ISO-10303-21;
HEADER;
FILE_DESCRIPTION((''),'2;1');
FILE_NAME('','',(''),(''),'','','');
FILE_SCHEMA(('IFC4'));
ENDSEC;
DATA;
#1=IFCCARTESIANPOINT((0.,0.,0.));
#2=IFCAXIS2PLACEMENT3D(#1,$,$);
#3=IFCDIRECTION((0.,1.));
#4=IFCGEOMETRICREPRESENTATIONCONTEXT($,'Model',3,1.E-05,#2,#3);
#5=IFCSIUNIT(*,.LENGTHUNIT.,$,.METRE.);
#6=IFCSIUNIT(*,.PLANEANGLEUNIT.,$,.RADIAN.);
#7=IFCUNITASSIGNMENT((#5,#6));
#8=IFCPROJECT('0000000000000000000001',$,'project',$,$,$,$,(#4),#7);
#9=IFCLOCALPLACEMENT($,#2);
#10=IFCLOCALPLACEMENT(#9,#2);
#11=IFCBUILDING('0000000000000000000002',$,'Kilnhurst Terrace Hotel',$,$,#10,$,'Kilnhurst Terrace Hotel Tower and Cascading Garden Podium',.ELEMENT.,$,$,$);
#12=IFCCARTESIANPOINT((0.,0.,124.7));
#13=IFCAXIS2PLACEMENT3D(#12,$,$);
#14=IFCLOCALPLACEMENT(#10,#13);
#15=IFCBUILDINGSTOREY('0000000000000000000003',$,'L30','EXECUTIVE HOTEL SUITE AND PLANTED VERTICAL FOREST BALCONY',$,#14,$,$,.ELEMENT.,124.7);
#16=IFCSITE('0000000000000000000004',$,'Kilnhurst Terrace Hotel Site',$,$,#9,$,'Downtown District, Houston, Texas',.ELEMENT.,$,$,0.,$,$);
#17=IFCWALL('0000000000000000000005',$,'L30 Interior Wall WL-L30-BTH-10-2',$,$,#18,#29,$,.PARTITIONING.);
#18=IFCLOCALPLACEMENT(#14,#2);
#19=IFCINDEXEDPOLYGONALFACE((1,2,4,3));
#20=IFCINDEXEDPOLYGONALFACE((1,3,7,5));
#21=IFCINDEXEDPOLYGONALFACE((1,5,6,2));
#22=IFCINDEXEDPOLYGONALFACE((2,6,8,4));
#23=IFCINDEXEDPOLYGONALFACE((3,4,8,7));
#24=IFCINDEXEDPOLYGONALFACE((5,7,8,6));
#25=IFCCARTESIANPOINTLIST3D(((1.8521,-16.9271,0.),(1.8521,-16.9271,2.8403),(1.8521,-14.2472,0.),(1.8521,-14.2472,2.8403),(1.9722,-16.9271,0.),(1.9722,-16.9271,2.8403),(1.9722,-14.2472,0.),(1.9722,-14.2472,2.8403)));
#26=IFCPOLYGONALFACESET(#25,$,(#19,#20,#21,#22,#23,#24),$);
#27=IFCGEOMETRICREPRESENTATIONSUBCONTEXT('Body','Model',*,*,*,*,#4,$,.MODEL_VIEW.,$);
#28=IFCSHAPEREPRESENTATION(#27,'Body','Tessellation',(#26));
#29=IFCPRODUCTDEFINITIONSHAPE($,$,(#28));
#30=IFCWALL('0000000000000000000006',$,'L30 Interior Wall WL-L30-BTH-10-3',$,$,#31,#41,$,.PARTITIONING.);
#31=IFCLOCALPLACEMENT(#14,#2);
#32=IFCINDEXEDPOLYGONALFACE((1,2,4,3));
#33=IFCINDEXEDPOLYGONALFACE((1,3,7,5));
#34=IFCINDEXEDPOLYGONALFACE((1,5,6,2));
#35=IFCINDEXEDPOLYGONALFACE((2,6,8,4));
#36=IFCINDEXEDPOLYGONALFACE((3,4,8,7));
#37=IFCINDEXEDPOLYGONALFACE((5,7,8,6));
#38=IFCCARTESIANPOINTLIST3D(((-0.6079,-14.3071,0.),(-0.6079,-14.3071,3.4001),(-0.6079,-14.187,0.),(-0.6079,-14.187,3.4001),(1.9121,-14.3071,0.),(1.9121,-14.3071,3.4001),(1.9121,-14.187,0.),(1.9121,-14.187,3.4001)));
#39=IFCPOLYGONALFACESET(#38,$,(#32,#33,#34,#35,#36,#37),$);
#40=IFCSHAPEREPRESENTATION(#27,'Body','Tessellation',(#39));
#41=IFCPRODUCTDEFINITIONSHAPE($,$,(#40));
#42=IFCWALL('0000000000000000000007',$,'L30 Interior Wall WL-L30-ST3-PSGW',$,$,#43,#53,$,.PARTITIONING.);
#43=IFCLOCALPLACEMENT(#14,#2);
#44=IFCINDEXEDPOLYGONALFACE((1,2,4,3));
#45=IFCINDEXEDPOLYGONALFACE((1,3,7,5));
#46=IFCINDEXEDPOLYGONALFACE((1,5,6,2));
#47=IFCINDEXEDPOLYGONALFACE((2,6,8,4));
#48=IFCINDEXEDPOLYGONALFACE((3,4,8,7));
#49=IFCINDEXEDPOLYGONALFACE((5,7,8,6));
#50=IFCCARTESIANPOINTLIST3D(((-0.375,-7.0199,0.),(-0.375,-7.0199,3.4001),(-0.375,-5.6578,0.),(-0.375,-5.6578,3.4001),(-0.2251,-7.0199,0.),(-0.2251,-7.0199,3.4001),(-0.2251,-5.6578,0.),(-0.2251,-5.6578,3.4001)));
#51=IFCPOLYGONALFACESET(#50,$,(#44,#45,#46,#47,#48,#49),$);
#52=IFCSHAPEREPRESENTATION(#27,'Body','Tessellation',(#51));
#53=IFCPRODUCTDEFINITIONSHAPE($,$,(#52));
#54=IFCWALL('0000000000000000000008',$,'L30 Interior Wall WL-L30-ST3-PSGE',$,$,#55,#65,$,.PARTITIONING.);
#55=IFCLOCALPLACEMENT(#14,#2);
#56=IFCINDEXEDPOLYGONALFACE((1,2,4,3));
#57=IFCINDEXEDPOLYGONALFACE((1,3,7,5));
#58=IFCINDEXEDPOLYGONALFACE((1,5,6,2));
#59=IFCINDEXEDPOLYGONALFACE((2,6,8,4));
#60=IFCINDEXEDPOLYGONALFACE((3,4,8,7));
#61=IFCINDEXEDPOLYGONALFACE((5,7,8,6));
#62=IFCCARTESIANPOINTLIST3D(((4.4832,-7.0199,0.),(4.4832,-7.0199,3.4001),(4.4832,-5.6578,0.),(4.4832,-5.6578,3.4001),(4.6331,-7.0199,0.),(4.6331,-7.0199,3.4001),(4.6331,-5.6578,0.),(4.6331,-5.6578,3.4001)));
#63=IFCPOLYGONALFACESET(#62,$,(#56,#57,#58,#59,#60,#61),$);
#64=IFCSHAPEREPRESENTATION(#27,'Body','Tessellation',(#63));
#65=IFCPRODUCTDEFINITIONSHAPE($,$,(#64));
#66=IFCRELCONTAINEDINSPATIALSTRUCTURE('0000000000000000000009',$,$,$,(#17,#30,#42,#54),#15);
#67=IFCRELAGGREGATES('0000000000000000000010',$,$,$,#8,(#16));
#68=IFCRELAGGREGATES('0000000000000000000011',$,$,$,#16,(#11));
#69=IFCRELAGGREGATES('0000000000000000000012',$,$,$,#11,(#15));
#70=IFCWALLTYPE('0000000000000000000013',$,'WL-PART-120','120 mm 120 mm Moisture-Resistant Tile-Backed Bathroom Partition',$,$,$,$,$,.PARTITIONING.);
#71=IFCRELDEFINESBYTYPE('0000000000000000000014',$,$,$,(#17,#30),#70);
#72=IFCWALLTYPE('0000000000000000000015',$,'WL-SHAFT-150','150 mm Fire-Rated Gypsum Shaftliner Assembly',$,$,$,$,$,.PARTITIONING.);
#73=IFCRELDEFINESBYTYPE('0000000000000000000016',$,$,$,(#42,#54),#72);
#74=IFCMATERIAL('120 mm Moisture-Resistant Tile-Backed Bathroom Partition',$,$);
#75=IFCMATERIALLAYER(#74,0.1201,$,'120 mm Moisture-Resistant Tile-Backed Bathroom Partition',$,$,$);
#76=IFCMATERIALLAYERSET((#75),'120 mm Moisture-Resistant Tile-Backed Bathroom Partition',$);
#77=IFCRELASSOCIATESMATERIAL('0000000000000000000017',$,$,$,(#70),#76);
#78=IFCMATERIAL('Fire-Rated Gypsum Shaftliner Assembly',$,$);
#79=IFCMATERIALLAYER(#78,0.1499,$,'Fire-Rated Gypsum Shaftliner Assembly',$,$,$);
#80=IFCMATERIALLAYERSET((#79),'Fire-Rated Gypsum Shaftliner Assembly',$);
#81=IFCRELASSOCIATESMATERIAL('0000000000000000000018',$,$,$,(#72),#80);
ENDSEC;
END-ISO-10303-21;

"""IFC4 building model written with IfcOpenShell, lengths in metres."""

from ifc_helpers import new_model, si_unit, direction, frame, frame_2d, origin, place, context, subcontext, project, spatial, rectangle, extrude, material, layer, layer_set, type_object, element, save


model = new_model("IFC4")

# Units and contexts
model_context = context("Model", 3, precision=1e-05, world=origin(), true_north=direction((0.0, 1.0)))
body_context = subcontext(model_context, "Body", "Model", "MODEL_VIEW")
ifc_project = project(units=[si_unit("LENGTHUNIT", "METRE"), si_unit("PLANEANGLEUNIT", "RADIAN")], contexts=[model_context])

# Site, building, storey
site_placement = place(None, origin())
site = spatial("IfcSite", under=ifc_project, at=site_placement, Name="Kilnhurst Terrace Hotel Site", LongName="Downtown District, Houston, Texas", CompositionType="ELEMENT", RefElevation=0.0)
building_placement = place(site_placement, origin())
building = spatial("IfcBuilding", under=site, at=building_placement, Name="Kilnhurst Terrace Hotel", LongName="Kilnhurst Terrace Hotel Tower and Cascading Garden Podium", CompositionType="ELEMENT")
storey_placement = place(building_placement, frame((0.0, 0.0, 124.7)))
storey = spatial("IfcBuildingStorey", under=building, at=storey_placement, Name="L30", Description="EXECUTIVE HOTEL SUITE AND PLANTED VERTICAL FOREST BALCONY", CompositionType="ELEMENT", Elevation=124.7)

# Walls
ifc_material_1 = material(Name="120 mm Moisture-Resistant Tile-Backed Bathroom Partition")
ifc_layer_1 = layer(ifc_material_1, 0.1201, Name="120 mm Moisture-Resistant Tile-Backed Bathroom Partition")
ifc_layer_set_1 = layer_set([ifc_layer_1], Name="120 mm Moisture-Resistant Tile-Backed Bathroom Partition")
wall_type_1 = type_object("IfcWallType", Name="WL-PART-120", Description="120 mm 120 mm Moisture-Resistant Tile-Backed Bathroom Partition", PredefinedType="PARTITIONING", material=ifc_layer_set_1)
wall_1_placement = place(storey_placement, frame((1.9121, -16.927, 0.0), z_axis=(0.0, 0.0, 1.0), x_axis=(0.0, 1.0, 0.0)))
element("IfcWall", 1, at=wall_1_placement, inside=storey, type_object=wall_type_1, Name="L30 Interior Wall WL-L30-BTH-10-2", PredefinedType="PARTITIONING", context=body_context, shape_type="SweptSolid", body=[
    extrude(rectangle(XDim=2.6799, YDim=0.1201, at=frame_2d((1.3398, 0.0))), origin(), (0.0, 0.0, 1.0), 2.8403),
])
wall_2_placement = place(storey_placement, frame((1.9121, -14.2471, 0.0), z_axis=(0.0, 0.0, 1.0), x_axis=(-1.0, 0.0, 0.0)))
element("IfcWall", 2, at=wall_2_placement, inside=storey, type_object=wall_type_1, Name="L30 Interior Wall WL-L30-BTH-10-3", PredefinedType="PARTITIONING", context=body_context, shape_type="SweptSolid", body=[
    extrude(rectangle(XDim=2.52, YDim=0.1201, at=frame_2d((1.26, 0.0))), origin(), (0.0, 0.0, 1.0), 3.4001),
])
ifc_material_2 = material(Name="Fire-Rated Gypsum Shaftliner Assembly")
ifc_layer_2 = layer(ifc_material_2, 0.1499, Name="Fire-Rated Gypsum Shaftliner Assembly")
ifc_layer_set_2 = layer_set([ifc_layer_2], Name="Fire-Rated Gypsum Shaftliner Assembly")
wall_type_2 = type_object("IfcWallType", Name="WL-SHAFT-150", Description="150 mm Fire-Rated Gypsum Shaftliner Assembly", PredefinedType="PARTITIONING", material=ifc_layer_set_2)
for number, where, z_axis, x_axis, name in (
    (3, (-0.3, -7.02, 0.0), (0.0, 0.0, 1.0), (0.0, 1.0, 0.0), "L30 Interior Wall WL-L30-ST3-PSGW"),
    (4, (4.5581, -7.02, 0.0), (0.0, 0.0, 1.0), (0.0, 1.0, 0.0), "L30 Interior Wall WL-L30-ST3-PSGE"),
):
    element("IfcWall", number, at=place(storey_placement, frame(where, z_axis=z_axis, x_axis=x_axis)), inside=storey, type_object=wall_type_2, Name=name, PredefinedType="PARTITIONING", context=body_context, shape_type="SweptSolid", body=[
        extrude(rectangle(XDim=1.3621, YDim=0.1499, at=frame_2d((0.6812, 0.0))), origin(), (0.0, 0.0, 1.0), 3.4001),
    ])

save(model, "model.ifc")
